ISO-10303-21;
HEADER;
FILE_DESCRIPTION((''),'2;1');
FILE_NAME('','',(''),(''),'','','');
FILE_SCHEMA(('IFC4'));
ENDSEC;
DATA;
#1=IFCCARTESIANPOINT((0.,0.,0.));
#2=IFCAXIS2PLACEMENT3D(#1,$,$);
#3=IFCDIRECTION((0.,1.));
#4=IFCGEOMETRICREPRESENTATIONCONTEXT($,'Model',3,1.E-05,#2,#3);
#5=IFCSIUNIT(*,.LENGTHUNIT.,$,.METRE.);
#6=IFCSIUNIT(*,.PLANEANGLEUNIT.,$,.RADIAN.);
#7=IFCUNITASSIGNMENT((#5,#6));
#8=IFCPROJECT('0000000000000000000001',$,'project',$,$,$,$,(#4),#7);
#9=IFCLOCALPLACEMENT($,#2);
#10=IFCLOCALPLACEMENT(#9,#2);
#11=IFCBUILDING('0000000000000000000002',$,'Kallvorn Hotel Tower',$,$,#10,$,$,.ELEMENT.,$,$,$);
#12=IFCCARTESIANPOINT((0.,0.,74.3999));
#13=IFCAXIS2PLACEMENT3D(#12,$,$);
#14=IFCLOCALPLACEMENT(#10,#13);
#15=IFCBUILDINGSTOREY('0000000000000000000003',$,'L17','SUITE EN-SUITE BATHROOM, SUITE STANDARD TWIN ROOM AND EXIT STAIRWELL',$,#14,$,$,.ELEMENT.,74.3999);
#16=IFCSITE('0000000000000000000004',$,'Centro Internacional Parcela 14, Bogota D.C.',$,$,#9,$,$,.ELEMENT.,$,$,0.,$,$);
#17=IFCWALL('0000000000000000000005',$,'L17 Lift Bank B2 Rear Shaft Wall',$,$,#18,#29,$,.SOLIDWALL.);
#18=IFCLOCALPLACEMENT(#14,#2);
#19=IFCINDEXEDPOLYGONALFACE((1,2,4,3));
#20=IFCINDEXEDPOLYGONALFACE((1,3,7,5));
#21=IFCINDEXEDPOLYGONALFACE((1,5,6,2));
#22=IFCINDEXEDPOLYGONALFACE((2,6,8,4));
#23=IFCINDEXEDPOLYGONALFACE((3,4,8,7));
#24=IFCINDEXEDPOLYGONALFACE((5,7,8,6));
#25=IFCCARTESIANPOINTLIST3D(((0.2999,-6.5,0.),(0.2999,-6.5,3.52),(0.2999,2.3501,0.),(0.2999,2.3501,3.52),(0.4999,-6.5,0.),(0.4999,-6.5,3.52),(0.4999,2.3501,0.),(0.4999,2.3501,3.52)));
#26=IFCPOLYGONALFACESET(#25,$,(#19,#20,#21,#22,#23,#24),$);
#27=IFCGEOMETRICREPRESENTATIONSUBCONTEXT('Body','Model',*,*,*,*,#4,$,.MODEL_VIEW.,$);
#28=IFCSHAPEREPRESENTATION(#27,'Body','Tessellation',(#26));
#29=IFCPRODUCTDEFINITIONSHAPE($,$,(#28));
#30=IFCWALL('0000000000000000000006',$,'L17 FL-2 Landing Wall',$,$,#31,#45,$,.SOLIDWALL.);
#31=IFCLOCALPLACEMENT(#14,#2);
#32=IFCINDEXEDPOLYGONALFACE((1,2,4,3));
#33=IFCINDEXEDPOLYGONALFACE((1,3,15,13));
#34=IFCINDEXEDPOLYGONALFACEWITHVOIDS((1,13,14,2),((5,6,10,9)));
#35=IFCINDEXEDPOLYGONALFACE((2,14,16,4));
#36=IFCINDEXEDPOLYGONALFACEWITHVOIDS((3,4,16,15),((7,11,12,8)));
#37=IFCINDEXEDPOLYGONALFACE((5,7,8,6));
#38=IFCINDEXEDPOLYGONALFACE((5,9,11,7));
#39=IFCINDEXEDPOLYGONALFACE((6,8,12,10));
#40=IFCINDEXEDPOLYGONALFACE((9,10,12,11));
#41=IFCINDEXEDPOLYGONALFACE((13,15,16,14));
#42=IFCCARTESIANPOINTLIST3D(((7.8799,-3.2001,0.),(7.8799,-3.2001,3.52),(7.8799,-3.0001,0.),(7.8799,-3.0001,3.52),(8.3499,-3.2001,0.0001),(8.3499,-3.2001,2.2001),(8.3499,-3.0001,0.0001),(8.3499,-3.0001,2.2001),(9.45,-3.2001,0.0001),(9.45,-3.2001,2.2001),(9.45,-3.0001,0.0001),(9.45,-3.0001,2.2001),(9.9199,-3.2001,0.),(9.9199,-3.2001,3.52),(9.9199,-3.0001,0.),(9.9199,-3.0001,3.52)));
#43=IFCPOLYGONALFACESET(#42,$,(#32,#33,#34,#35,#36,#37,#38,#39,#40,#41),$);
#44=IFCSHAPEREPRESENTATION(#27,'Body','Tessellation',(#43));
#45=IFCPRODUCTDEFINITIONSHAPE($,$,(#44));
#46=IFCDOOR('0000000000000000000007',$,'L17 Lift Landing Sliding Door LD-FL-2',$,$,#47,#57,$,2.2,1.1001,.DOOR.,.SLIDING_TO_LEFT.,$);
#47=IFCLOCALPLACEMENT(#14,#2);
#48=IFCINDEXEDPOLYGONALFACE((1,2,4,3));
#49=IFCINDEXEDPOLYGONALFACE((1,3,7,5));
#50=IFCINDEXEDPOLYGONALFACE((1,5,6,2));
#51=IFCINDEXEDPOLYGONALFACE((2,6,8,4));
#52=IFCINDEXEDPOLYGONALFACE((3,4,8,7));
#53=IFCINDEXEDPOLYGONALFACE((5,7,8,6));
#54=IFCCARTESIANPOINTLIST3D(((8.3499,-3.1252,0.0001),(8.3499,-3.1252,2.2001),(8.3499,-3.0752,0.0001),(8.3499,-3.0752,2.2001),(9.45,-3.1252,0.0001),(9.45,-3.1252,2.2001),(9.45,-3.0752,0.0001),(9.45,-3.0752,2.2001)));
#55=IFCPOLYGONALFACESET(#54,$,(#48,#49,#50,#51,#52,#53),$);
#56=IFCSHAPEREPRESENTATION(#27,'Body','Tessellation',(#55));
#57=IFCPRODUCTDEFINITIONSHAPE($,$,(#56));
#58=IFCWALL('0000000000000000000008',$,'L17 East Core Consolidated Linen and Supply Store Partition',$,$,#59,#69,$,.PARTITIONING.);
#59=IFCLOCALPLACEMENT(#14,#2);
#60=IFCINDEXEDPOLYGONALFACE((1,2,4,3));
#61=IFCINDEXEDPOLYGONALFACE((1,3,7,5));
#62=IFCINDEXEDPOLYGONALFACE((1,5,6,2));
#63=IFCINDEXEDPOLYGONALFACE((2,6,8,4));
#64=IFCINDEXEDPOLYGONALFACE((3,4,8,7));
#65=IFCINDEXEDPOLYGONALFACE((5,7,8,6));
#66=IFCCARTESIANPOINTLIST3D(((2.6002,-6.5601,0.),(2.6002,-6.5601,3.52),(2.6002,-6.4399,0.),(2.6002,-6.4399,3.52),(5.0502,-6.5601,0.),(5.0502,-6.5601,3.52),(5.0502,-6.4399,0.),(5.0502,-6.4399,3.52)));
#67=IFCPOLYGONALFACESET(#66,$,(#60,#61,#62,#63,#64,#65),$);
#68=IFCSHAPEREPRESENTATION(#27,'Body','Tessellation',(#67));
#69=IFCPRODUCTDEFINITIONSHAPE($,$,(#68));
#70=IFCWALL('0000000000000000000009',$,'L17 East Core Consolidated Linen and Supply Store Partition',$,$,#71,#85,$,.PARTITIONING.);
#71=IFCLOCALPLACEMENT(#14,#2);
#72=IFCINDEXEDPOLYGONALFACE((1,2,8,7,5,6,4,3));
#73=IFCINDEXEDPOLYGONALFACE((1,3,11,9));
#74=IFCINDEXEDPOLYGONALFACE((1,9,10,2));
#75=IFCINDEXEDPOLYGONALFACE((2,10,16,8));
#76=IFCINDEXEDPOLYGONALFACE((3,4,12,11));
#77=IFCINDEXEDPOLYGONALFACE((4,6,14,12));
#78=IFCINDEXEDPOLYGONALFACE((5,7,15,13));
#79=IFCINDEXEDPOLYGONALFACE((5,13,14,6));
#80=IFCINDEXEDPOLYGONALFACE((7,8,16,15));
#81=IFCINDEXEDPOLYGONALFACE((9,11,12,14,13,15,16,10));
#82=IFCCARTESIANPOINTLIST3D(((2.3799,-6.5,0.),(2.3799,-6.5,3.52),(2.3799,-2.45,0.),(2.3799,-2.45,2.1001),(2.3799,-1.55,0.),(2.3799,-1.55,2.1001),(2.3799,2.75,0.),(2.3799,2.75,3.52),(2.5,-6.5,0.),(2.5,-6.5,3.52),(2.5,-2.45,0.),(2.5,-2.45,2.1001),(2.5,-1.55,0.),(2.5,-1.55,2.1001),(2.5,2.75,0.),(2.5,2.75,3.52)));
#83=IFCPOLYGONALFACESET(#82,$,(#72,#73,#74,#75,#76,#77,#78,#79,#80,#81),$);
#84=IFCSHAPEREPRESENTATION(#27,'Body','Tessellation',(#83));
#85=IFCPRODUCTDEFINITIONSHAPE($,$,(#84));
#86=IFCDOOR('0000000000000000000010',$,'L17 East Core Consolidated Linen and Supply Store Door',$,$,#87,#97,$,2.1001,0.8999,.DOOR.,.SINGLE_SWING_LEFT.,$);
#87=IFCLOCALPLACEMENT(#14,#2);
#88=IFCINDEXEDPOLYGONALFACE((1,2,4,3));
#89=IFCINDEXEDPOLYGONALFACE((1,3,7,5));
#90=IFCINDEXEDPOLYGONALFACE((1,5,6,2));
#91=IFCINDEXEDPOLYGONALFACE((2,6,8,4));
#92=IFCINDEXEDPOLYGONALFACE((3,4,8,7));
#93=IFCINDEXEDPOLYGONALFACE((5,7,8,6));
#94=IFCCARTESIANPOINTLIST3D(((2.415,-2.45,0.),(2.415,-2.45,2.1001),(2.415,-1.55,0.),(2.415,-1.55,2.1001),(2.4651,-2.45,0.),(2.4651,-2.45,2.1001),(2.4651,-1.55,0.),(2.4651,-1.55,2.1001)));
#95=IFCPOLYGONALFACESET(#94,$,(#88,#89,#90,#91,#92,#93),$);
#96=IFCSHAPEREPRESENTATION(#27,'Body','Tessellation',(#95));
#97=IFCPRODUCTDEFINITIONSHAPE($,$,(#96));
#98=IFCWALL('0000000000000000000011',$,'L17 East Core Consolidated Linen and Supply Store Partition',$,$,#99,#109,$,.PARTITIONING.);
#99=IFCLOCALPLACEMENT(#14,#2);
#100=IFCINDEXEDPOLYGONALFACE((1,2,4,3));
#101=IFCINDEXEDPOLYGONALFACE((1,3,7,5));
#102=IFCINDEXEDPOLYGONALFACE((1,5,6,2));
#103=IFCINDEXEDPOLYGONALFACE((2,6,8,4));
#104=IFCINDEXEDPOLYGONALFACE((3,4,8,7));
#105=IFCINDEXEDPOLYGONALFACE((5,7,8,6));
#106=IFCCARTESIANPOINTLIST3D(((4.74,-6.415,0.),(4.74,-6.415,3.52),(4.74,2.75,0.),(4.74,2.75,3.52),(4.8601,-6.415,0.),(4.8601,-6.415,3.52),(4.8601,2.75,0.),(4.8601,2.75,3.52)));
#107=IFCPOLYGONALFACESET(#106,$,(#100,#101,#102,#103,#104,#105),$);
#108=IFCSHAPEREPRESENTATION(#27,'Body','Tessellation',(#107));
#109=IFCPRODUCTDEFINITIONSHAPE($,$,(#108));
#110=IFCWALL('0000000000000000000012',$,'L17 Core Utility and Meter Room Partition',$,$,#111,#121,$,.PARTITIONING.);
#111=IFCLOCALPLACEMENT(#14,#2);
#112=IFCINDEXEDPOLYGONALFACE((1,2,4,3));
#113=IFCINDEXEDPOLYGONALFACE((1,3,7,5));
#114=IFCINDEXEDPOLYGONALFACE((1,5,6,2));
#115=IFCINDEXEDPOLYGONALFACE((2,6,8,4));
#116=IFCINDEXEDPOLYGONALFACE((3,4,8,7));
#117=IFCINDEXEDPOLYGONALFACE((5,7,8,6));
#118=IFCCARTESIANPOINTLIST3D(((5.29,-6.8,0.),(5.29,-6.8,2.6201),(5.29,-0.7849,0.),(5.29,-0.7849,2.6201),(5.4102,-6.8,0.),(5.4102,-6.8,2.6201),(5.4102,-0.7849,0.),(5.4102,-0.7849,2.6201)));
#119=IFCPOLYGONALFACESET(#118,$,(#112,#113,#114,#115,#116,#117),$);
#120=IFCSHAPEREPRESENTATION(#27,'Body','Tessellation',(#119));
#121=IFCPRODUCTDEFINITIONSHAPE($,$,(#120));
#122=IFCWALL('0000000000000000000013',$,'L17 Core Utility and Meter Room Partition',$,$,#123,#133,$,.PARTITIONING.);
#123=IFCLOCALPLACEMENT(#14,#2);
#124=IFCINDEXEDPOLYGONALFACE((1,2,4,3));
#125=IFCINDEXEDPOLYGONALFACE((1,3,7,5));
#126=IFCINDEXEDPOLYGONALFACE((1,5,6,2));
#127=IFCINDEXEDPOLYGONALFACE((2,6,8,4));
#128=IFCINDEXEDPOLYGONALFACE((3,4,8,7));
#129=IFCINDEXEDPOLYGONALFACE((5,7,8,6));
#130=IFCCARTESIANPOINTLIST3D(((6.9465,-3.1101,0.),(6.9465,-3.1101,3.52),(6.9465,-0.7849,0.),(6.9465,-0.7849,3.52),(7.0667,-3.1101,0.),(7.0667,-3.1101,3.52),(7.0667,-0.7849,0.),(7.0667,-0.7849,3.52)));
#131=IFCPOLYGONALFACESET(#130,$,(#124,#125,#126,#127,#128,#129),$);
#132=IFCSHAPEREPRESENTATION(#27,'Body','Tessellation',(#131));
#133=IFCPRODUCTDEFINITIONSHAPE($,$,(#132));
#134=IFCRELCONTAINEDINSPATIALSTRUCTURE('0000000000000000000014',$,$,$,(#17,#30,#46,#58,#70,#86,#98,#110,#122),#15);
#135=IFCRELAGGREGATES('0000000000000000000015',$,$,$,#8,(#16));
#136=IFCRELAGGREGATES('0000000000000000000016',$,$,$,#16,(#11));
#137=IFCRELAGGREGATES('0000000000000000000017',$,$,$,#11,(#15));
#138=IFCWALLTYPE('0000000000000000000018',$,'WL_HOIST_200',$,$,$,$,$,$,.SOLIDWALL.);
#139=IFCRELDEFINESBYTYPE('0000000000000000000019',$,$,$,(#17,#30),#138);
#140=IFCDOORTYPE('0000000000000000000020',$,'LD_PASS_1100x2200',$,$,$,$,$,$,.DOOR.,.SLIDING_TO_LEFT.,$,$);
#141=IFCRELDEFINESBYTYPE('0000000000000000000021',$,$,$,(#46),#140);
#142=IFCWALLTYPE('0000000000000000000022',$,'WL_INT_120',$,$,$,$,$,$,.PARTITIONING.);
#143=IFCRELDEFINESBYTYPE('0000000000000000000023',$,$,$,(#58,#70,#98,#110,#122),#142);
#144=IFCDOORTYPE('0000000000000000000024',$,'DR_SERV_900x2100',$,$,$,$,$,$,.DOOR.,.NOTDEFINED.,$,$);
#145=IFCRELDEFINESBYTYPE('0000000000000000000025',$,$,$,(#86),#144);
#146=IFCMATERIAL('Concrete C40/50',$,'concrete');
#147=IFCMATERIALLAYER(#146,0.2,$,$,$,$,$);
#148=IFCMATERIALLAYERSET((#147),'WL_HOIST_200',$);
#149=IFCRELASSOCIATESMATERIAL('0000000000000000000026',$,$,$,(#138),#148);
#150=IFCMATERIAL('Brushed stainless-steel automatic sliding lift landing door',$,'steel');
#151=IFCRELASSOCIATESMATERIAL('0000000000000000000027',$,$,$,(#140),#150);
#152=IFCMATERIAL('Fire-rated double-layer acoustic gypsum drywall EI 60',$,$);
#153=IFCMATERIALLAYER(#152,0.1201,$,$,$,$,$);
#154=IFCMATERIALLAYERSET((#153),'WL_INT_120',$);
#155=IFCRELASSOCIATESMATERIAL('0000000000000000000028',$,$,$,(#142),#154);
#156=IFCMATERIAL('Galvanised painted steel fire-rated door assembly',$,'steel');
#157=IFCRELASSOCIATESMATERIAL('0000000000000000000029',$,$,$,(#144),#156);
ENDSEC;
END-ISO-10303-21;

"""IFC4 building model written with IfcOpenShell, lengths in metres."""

from ifc_helpers import new_model, si_unit, direction, frame, frame_2d, origin, place, context, subcontext, project, spatial, rectangle, extrude, material, layer, layer_set, type_object, element, fill, save


model = new_model("IFC4")

# Units and contexts
model_context = context("Model", 3, precision=1e-05, world=origin(), true_north=direction((0.0, 1.0)))
body_context = subcontext(model_context, "Body", "Model", "MODEL_VIEW")
ifc_project = project(units=[si_unit("LENGTHUNIT", "METRE"), si_unit("PLANEANGLEUNIT", "RADIAN")], contexts=[model_context])

# Site, building, storey
site_placement = place(None, origin())
site = spatial("IfcSite", under=ifc_project, at=site_placement, Name="Centro Internacional Parcela 14, Bogota D.C.", CompositionType="ELEMENT", RefElevation=0.0)
building_placement = place(site_placement, origin())
building = spatial("IfcBuilding", under=site, at=building_placement, Name="Kallvorn Hotel Tower", CompositionType="ELEMENT")
storey_placement = place(building_placement, frame((0.0, 0.0, 74.3999)))
storey = spatial("IfcBuildingStorey", under=building, at=storey_placement, Name="L17", Description="SUITE EN-SUITE BATHROOM, SUITE STANDARD TWIN ROOM AND EXIT STAIRWELL", CompositionType="ELEMENT", Elevation=74.3999)

# Wall
ifc_material_1 = material(Name="Concrete C40/50", Category="concrete")
ifc_layer_1 = layer(ifc_material_1, 0.2)
ifc_layer_set_1 = layer_set([ifc_layer_1], Name="WL_HOIST_200")
wall_type_1 = type_object("IfcWallType", Name="WL_HOIST_200", PredefinedType="SOLIDWALL", material=ifc_layer_set_1)
wall_1_placement = place(storey_placement, frame((0.3999, -6.5, 0.0), z_axis=(0.0, 0.0, 1.0), x_axis=(0.0, 1.0, 0.0)))
element("IfcWall", 1, at=wall_1_placement, inside=storey, type_object=wall_type_1, Name="L17 Lift Bank B2 Rear Shaft Wall", PredefinedType="SOLIDWALL", context=body_context, shape_type="SweptSolid", body=[
    extrude(rectangle(XDim=8.8501, YDim=0.2, at=frame_2d((4.425, 0.0))), origin(), (0.0, 0.0, 1.0), 3.52),
])

# Wall, opening, door
wall_2_placement = place(storey_placement, frame((7.8799, -3.1001, 0.0), z_axis=(0.0, 0.0, 1.0), x_axis=(1.0, 0.0, 0.0)))
wall_2 = element("IfcWall", 2, at=wall_2_placement, inside=storey, type_object=wall_type_1, Name="L17 FL-2 Landing Wall", PredefinedType="SOLIDWALL", context=body_context, shape_type="SweptSolid", body=[
    extrude(rectangle(XDim=2.04, YDim=0.2, at=frame_2d((1.02, 0.0))), origin(), (0.0, 0.0, 1.0), 3.52),
])
opening_1_placement = place(wall_2_placement, frame((0.47, 0.0, 0.0)))
opening_1 = element("IfcOpeningElement", 3, at=opening_1_placement, cuts=wall_2, PredefinedType="OPENING", context=body_context, shape_type="SweptSolid", body=[
    extrude(rectangle(XDim=1.1001, YDim=2.2, at=frame_2d((0.55, 1.1001))), frame((0.0, 0.115, 0.0), z_axis=(0.0, -1.0, 0.0), x_axis=(1.0, 0.0, 0.0)), (0.0, 0.0, 1.0), 0.23),
])
ifc_material_2 = material(Name="Brushed stainless-steel automatic sliding lift landing door", Category="steel")
door_type_1 = type_object("IfcDoorType", Name="LD_PASS_1100x2200", OperationType="SLIDING_TO_LEFT", PredefinedType="DOOR", material=ifc_material_2)
door_1_placement = place(opening_1_placement, origin())
door_1 = element("IfcDoor", 4, at=door_1_placement, inside=storey, type_object=door_type_1, Name="L17 Lift Landing Sliding Door LD-FL-2", OperationType="SLIDING_TO_LEFT", OverallHeight=2.2, OverallWidth=1.1001, PredefinedType="DOOR", context=body_context, shape_type="SweptSolid", body=[
    extrude(rectangle(XDim=1.1001, YDim=2.2, at=frame_2d((0.55, 1.1001))), frame((0.0, 0.0249, 0.0), z_axis=(0.0, -1.0, 0.0), x_axis=(1.0, 0.0, 0.0)), (0.0, 0.0, 1.0), 0.05),
])
fill(opening_1, door_1)

# Wall
ifc_material_3 = material(Name="Fire-rated double-layer acoustic gypsum drywall EI 60")
ifc_layer_2 = layer(ifc_material_3, 0.1201)
ifc_layer_set_2 = layer_set([ifc_layer_2], Name="WL_INT_120")
wall_type_2 = type_object("IfcWallType", Name="WL_INT_120", PredefinedType="PARTITIONING", material=ifc_layer_set_2)
wall_3_placement = place(storey_placement, frame((2.6001, -6.5, 0.0), z_axis=(0.0, 0.0, 1.0), x_axis=(1.0, 0.0, 0.0)))
element("IfcWall", 5, at=wall_3_placement, inside=storey, type_object=wall_type_2, Name="L17 East Core Consolidated Linen and Supply Store Partition", PredefinedType="PARTITIONING", context=body_context, shape_type="SweptSolid", body=[
    extrude(rectangle(XDim=2.45, YDim=0.1201, at=frame_2d((1.2251, 0.0))), origin(), (0.0, 0.0, 1.0), 3.52),
])

# Wall, opening, door
wall_4_placement = place(storey_placement, frame((2.4399, -6.5, 0.0), z_axis=(0.0, 0.0, 1.0), x_axis=(0.0, 1.0, 0.0)))
wall_4 = element("IfcWall", 6, at=wall_4_placement, inside=storey, type_object=wall_type_2, Name="L17 East Core Consolidated Linen and Supply Store Partition", PredefinedType="PARTITIONING", context=body_context, shape_type="SweptSolid", body=[
    extrude(rectangle(XDim=9.25, YDim=0.1201, at=frame_2d((4.625, 0.0))), origin(), (0.0, 0.0, 1.0), 3.52),
])
opening_2_placement = place(wall_4_placement, frame((4.05, 0.0, 0.0)))
opening_2 = element("IfcOpeningElement", 7, at=opening_2_placement, cuts=wall_4, PredefinedType="OPENING", context=body_context, shape_type="SweptSolid", body=[
    extrude(rectangle(XDim=0.8999, YDim=2.1001, at=frame_2d((0.45, 1.05))), frame((0.0, 0.075, 0.0), z_axis=(0.0, -1.0, 0.0), x_axis=(1.0, 0.0, 0.0)), (0.0, 0.0, 1.0), 0.1501),
])
ifc_material_4 = material(Name="Galvanised painted steel fire-rated door assembly", Category="steel")
door_type_2 = type_object("IfcDoorType", Name="DR_SERV_900x2100", OperationType="NOTDEFINED", PredefinedType="DOOR", material=ifc_material_4)
door_2_placement = place(opening_2_placement, origin())
door_2 = element("IfcDoor", 8, at=door_2_placement, inside=storey, type_object=door_type_2, Name="L17 East Core Consolidated Linen and Supply Store Door", OperationType="SINGLE_SWING_LEFT", OverallHeight=2.1001, OverallWidth=0.8999, PredefinedType="DOOR", context=body_context, shape_type="SweptSolid", body=[
    extrude(rectangle(XDim=0.8999, YDim=2.1001, at=frame_2d((0.45, 1.05))), frame((0.0, 0.0249, 0.0), z_axis=(0.0, -1.0, 0.0), x_axis=(1.0, 0.0, 0.0)), (0.0, 0.0, 1.0), 0.05),
])
fill(opening_2, door_2)

# Walls
wall_5_placement = place(storey_placement, frame((4.8, -6.415, 0.0), z_axis=(0.0, 0.0, 1.0), x_axis=(0.0, 1.0, 0.0)))
element("IfcWall", 9, at=wall_5_placement, inside=storey, type_object=wall_type_2, Name="L17 East Core Consolidated Linen and Supply Store Partition", PredefinedType="PARTITIONING", context=body_context, shape_type="SweptSolid", body=[
    extrude(rectangle(XDim=9.165, YDim=0.1201, at=frame_2d((4.5825, 0.0))), origin(), (0.0, 0.0, 1.0), 3.52),
])
wall_6_placement = place(storey_placement, frame((5.3501, -6.8, 0.0), z_axis=(0.0, 0.0, 1.0), x_axis=(0.0, 1.0, 0.0)))
element("IfcWall", 10, at=wall_6_placement, inside=storey, type_object=wall_type_2, Name="L17 Core Utility and Meter Room Partition", PredefinedType="PARTITIONING", context=body_context, shape_type="SweptSolid", body=[
    extrude(rectangle(XDim=6.0151, YDim=0.1201, at=frame_2d((3.0076, 0.0))), origin(), (0.0, 0.0, 1.0), 2.6201),
])
wall_7_placement = place(storey_placement, frame((7.0066, -3.1101, 0.0), z_axis=(0.0, 0.0, 1.0), x_axis=(0.0, 1.0, 0.0)))
element("IfcWall", 11, at=wall_7_placement, inside=storey, type_object=wall_type_2, Name="L17 Core Utility and Meter Room Partition", PredefinedType="PARTITIONING", context=body_context, shape_type="SweptSolid", body=[
    extrude(rectangle(XDim=2.3252, YDim=0.1201, at=frame_2d((1.1626, 0.0))), origin(), (0.0, 0.0, 1.0), 3.52),
])

save(model, "model.ifc")
